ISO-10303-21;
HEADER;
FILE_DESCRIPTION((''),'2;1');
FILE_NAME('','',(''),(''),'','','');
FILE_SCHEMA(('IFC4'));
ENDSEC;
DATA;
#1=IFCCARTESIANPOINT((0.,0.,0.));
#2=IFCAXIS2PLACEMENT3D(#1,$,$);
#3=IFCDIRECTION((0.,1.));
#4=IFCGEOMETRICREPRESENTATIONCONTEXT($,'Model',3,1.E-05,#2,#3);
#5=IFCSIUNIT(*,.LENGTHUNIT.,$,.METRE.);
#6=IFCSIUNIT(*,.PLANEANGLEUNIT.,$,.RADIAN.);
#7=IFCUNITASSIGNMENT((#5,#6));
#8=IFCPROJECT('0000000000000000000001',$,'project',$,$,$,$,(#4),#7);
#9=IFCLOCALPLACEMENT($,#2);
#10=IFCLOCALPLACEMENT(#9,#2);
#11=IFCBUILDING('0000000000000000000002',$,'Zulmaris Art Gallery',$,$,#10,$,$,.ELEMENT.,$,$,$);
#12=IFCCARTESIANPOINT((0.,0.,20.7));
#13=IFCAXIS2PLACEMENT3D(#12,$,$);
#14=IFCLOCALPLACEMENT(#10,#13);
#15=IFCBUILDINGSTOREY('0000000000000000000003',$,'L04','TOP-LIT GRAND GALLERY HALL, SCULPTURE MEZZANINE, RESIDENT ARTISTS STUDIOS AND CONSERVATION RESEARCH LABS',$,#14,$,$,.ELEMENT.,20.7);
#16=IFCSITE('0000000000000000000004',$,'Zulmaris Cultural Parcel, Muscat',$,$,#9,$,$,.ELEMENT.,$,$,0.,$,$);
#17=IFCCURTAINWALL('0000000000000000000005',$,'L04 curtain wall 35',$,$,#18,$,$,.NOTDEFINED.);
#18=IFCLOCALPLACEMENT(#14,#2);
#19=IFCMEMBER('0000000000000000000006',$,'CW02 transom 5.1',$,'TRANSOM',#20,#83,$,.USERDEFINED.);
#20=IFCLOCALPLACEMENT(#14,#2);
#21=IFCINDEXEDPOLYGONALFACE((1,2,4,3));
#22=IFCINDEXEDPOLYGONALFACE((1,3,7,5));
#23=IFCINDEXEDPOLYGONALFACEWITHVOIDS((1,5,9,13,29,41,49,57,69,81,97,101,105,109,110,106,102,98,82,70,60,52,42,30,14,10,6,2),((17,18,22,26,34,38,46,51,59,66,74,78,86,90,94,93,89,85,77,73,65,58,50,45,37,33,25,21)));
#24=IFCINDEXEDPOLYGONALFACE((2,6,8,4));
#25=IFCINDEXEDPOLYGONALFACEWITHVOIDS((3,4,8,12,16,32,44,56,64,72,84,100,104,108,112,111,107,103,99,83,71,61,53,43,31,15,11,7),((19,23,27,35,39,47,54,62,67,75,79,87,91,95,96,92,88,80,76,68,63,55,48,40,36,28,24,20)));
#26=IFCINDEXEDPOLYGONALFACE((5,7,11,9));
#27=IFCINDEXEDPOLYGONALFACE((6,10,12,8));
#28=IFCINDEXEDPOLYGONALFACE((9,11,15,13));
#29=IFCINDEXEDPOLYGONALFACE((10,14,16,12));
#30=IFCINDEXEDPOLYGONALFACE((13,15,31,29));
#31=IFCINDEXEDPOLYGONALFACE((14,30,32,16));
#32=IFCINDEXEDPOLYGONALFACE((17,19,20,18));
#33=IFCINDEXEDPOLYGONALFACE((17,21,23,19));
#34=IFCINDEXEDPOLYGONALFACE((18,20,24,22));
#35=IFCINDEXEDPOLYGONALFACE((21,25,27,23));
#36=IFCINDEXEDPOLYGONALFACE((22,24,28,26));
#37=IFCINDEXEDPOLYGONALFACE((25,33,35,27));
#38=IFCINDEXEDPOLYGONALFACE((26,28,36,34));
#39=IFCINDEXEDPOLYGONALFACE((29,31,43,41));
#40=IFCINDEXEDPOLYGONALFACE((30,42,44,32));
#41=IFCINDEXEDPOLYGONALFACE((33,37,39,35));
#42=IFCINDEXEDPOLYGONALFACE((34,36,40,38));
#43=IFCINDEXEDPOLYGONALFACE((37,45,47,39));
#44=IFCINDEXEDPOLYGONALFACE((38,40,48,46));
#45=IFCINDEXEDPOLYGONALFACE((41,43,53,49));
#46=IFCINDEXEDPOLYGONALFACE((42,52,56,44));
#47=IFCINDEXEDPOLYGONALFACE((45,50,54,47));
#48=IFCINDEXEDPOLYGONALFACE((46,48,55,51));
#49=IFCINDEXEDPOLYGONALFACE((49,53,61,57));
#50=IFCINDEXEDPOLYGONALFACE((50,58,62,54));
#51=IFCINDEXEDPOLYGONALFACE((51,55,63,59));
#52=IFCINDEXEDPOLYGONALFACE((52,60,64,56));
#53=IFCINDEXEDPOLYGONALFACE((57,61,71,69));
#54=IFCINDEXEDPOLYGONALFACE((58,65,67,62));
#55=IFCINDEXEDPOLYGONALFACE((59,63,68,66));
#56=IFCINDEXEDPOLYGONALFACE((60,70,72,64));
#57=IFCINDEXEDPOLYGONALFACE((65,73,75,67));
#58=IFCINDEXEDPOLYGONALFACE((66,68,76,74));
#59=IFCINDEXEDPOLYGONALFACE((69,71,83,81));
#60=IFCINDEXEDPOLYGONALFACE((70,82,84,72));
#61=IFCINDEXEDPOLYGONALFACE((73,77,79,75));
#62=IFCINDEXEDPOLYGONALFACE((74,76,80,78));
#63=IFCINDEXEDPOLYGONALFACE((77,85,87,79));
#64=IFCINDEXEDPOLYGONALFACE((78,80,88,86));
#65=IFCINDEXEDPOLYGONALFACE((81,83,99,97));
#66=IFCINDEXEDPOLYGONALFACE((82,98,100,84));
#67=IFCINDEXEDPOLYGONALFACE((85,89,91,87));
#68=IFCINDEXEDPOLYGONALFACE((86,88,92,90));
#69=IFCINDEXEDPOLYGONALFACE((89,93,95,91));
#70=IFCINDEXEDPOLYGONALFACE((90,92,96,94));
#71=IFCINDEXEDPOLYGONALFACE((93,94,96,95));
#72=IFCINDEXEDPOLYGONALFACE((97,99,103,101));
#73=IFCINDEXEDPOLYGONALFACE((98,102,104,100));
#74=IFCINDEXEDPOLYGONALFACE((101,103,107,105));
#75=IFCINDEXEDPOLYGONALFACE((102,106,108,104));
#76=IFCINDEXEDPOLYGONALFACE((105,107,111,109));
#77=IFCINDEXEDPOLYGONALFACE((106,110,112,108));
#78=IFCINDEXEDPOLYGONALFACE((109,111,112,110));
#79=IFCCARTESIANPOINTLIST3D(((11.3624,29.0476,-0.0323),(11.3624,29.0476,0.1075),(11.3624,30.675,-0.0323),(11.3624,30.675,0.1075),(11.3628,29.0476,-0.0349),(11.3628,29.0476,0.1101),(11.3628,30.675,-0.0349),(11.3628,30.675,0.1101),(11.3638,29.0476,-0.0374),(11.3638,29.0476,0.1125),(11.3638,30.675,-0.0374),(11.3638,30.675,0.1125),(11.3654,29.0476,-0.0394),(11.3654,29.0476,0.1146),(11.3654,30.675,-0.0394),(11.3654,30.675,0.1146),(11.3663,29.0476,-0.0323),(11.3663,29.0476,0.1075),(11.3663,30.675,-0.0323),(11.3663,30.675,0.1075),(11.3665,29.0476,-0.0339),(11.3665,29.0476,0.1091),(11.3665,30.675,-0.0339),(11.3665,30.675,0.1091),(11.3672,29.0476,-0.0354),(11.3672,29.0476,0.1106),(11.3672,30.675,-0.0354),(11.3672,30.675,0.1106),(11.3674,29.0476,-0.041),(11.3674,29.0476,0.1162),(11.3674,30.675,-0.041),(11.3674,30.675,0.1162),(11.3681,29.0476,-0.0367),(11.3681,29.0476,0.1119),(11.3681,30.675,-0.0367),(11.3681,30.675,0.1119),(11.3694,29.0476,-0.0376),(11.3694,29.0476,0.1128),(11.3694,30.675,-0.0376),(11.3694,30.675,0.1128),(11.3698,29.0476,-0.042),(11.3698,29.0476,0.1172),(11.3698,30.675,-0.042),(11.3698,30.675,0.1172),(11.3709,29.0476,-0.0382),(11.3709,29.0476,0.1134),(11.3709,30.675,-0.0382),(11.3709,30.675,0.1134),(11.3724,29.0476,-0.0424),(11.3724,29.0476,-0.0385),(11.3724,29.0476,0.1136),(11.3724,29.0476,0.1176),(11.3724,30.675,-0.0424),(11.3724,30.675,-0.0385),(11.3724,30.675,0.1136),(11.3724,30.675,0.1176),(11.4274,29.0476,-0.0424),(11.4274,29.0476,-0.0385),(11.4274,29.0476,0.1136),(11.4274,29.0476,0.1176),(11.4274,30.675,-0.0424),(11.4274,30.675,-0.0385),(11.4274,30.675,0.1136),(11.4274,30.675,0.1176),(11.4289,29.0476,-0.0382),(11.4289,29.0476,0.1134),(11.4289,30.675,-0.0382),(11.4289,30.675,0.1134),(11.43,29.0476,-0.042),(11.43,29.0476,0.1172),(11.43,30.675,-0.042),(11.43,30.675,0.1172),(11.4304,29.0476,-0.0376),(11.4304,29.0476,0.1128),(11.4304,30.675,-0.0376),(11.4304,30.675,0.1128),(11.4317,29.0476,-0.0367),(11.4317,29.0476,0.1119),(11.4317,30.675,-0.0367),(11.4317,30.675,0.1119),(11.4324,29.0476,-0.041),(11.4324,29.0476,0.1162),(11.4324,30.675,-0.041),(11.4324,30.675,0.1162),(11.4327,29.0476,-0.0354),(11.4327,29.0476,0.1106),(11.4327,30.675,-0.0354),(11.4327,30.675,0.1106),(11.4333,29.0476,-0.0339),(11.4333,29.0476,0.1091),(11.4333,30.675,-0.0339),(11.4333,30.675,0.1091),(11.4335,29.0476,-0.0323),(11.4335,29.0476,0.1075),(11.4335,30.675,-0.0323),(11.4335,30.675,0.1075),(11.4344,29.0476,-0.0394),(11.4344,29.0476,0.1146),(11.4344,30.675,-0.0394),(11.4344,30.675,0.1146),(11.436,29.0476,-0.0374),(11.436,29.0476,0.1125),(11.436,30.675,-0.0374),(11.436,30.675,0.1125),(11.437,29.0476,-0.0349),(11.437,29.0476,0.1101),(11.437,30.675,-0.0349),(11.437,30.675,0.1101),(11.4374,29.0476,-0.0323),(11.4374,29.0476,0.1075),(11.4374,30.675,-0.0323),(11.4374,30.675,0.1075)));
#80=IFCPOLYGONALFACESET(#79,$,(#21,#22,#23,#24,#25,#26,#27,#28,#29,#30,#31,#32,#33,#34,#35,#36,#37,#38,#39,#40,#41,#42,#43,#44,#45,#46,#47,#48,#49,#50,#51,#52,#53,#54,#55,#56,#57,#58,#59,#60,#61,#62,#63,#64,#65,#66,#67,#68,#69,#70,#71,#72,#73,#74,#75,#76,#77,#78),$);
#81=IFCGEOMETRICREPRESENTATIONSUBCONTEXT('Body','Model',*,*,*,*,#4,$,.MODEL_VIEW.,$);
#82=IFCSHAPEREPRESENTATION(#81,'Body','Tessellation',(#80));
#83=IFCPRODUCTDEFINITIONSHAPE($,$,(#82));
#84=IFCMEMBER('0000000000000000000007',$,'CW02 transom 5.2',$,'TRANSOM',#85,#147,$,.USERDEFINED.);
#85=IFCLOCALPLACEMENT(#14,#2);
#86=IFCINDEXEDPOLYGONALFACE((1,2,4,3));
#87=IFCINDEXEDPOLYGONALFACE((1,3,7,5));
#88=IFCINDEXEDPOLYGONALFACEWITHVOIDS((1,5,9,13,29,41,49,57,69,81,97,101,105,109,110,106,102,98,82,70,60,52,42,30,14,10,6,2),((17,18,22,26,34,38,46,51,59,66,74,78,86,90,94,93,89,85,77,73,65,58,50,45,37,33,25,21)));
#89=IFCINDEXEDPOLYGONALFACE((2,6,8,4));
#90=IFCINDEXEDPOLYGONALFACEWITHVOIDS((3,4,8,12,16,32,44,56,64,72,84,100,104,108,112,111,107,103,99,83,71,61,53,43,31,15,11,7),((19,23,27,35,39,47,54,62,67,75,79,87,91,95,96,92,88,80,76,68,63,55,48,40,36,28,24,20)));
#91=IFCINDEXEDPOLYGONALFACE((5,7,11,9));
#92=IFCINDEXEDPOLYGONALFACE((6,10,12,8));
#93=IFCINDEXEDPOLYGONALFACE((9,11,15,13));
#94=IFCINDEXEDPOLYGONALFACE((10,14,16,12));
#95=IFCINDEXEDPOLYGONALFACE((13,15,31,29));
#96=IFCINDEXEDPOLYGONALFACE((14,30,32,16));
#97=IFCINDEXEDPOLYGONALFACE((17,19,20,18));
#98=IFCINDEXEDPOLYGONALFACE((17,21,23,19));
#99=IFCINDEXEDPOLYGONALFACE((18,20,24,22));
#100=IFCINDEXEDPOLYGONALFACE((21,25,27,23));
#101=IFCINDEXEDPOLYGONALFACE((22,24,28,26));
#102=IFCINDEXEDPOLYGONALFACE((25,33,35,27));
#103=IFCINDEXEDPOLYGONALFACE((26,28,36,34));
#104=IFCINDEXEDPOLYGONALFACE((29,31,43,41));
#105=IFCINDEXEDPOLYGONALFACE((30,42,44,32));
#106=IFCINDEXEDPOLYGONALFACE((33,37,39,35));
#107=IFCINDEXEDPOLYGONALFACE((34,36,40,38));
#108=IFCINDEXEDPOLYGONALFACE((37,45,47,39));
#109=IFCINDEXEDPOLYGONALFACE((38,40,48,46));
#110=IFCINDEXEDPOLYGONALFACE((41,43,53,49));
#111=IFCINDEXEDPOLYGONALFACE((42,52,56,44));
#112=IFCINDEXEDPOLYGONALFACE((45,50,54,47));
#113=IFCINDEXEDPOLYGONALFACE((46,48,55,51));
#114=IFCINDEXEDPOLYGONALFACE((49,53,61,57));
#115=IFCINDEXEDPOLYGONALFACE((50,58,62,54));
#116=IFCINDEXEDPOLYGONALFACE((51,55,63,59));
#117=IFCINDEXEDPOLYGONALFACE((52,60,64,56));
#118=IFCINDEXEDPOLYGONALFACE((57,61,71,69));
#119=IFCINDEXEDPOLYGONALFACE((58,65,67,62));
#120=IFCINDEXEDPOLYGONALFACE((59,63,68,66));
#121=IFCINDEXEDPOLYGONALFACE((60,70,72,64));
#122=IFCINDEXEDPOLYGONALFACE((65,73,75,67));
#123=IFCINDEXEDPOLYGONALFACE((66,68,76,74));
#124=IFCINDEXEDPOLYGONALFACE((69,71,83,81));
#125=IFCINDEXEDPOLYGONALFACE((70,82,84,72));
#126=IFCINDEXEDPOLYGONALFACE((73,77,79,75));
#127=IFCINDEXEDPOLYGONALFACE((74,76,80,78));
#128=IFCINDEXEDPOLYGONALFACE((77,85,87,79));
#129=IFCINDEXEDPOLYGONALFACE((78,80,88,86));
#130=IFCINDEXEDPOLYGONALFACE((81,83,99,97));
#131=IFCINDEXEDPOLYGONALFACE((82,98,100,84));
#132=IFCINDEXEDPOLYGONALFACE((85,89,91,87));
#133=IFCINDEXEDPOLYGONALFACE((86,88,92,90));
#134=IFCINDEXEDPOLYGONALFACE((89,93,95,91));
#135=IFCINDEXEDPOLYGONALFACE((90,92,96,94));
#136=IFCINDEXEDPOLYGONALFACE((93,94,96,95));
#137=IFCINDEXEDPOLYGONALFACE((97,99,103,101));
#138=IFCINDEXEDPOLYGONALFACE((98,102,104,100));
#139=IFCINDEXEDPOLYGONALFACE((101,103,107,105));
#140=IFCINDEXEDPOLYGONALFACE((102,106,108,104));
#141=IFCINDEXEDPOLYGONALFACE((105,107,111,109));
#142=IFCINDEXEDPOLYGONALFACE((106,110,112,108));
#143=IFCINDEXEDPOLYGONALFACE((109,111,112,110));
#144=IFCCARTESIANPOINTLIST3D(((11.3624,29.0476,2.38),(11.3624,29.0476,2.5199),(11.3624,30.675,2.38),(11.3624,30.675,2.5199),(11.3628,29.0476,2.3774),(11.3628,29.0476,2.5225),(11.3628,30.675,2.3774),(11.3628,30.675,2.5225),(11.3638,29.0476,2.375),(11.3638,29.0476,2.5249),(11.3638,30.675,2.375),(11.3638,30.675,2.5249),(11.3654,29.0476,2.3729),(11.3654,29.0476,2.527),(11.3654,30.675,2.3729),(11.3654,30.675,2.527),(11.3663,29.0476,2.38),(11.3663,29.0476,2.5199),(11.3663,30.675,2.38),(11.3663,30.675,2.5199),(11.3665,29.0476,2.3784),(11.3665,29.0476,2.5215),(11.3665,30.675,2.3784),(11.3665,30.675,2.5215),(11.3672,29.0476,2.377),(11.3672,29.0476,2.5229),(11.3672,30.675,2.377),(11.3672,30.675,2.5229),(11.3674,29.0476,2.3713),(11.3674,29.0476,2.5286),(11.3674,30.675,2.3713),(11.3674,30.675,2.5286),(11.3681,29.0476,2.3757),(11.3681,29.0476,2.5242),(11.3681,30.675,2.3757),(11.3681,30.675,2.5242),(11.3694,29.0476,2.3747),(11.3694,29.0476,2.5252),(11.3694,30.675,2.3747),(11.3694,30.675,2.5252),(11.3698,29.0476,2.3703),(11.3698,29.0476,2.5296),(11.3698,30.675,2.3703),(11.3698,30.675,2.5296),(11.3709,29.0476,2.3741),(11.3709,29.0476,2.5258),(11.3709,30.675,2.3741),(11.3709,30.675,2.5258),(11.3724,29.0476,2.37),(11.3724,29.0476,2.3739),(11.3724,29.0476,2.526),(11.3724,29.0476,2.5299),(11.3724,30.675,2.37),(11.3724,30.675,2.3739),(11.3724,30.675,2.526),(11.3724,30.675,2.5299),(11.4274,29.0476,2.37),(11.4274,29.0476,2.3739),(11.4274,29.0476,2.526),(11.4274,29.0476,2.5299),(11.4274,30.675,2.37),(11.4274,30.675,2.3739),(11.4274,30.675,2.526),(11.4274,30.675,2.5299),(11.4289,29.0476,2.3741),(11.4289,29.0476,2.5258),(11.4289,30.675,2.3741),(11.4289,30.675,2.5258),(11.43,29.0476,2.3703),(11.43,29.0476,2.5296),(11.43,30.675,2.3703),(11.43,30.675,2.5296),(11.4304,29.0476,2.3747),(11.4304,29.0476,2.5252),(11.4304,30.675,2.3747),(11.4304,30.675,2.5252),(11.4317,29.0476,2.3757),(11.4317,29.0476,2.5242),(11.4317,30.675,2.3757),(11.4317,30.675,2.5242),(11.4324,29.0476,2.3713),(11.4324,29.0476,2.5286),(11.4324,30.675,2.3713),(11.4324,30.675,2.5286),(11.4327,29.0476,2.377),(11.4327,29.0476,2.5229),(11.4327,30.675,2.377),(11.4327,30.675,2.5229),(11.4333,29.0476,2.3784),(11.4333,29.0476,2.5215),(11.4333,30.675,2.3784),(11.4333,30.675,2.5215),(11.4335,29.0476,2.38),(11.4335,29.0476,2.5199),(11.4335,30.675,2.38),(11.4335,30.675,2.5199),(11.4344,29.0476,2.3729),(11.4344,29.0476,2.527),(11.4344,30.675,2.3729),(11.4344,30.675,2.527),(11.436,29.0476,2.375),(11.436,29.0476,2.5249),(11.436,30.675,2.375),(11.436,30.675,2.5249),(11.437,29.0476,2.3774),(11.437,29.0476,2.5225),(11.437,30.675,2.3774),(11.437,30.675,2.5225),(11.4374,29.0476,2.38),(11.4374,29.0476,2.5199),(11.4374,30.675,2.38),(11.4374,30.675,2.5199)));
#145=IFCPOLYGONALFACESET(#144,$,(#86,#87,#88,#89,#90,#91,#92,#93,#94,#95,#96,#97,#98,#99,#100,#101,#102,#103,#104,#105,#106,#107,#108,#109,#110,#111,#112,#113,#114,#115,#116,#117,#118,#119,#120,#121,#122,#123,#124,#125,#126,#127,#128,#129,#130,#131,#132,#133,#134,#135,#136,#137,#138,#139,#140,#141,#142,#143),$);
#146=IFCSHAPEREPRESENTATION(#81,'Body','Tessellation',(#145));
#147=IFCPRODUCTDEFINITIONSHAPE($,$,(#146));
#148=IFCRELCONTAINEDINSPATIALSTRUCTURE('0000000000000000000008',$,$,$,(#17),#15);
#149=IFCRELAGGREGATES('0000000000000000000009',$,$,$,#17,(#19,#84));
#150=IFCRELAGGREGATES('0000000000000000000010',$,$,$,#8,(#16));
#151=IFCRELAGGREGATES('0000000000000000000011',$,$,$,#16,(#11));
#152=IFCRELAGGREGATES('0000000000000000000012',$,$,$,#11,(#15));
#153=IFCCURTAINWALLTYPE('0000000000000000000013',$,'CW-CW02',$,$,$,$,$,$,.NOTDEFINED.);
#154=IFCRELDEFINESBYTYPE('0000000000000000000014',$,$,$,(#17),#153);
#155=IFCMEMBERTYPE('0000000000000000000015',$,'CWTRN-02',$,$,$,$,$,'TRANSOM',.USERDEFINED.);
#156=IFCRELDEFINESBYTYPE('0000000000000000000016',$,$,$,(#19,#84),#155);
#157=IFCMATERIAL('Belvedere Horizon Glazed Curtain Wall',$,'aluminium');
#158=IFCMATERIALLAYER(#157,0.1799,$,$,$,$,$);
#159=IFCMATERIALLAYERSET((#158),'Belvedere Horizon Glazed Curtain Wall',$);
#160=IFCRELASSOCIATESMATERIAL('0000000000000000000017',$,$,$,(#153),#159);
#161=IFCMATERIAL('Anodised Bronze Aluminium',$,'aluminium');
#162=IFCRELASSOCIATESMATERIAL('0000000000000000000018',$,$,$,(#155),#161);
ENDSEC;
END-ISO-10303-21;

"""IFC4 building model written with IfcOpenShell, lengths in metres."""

from ifc_helpers import new_model, si_unit, direction, frame, origin, origin_2d, place, context, subcontext, project, spatial, hollow_rectangle, extrude, material, layer, layer_set, material_profile, profile_set, type_object, element, aggregate, save


model = new_model("IFC4")

# Units and contexts
model_context = context("Model", 3, precision=1e-05, world=origin(), true_north=direction((0.0, 1.0)))
body_context = subcontext(model_context, "Body", "Model", "MODEL_VIEW")
ifc_project = project(units=[si_unit("LENGTHUNIT", "METRE"), si_unit("PLANEANGLEUNIT", "RADIAN")], contexts=[model_context])

# Site, building, storey
site_placement = place(None, origin())
site = spatial("IfcSite", under=ifc_project, at=site_placement, Name="Zulmaris Cultural Parcel, Muscat", CompositionType="ELEMENT", RefElevation=0.0)
building_placement = place(site_placement, origin())
building = spatial("IfcBuilding", under=site, at=building_placement, Name="Zulmaris Art Gallery", CompositionType="ELEMENT")
storey_placement = place(building_placement, frame((0.0, 0.0, 20.7)))
storey = spatial("IfcBuildingStorey", under=building, at=storey_placement, Name="L04", Description="TOP-LIT GRAND GALLERY HALL, SCULPTURE MEZZANINE, RESIDENT ARTISTS STUDIOS AND CONSERVATION RESEARCH LABS", CompositionType="ELEMENT", Elevation=20.7)

# Curtain wall
ifc_material_1 = material(Name="Belvedere Horizon Glazed Curtain Wall", Category="aluminium")
ifc_layer_1 = layer(ifc_material_1, 0.1799)
ifc_layer_set_1 = layer_set([ifc_layer_1], Name="Belvedere Horizon Glazed Curtain Wall")
curtain_wall_type = type_object("IfcCurtainWallType", Name="CW-CW02", PredefinedType="NOTDEFINED", material=ifc_layer_set_1)
curtain_wall_1_placement = place(storey_placement, origin())
curtain_wall_1 = element("IfcCurtainWall", 1, at=curtain_wall_1_placement, inside=storey, type_object=curtain_wall_type, Name="L04 curtain wall 35", PredefinedType="NOTDEFINED")
ifc_material_2 = material(Name="Anodised Bronze Aluminium", Category="aluminium")

# Members
ifc_material_profile_1 = material_profile(ifc_material_2, hollow_rectangle(XDim=0.075, YDim=0.1599, WallThickness=0.0039, InnerFilletRadius=0.0061, OuterFilletRadius=0.01, at=origin_2d()), Name="ALU 75x160x4")
ifc_profile_set_1 = profile_set([ifc_material_profile_1], Name="Anodised Bronze Aluminium")
member_type_1 = type_object("IfcMemberType", Name="CWTRN-02", ElementType="TRANSOM", PredefinedType="USERDEFINED", material=ifc_profile_set_1)
member_1_placement = place(storey_placement, frame((11.3999, 29.0476, 0.0376), z_axis=(0.0, 1.0, 0.0), x_axis=(-1.0, 0.0, 0.0)))
member_1 = element("IfcMember", 2, at=member_1_placement, type_object=member_type_1, Name="CW02 transom 5.1", ObjectType="TRANSOM", PredefinedType="USERDEFINED", context=body_context, shape_type="SweptSolid", body=[
    extrude(hollow_rectangle(XDim=0.075, YDim=0.1599, WallThickness=0.0039, InnerFilletRadius=0.0061, OuterFilletRadius=0.01, at=origin_2d()), origin(), (0.0, 0.0, 1.0), 1.6274),
])
member_2_placement = place(storey_placement, frame((11.3999, 29.0476, 2.45), z_axis=(0.0, 1.0, 0.0), x_axis=(-1.0, 0.0, 0.0)))
member_2 = element("IfcMember", 3, at=member_2_placement, type_object=member_type_1, Name="CW02 transom 5.2", ObjectType="TRANSOM", PredefinedType="USERDEFINED", context=body_context, shape_type="SweptSolid", body=[
    extrude(hollow_rectangle(XDim=0.075, YDim=0.1599, WallThickness=0.0039, InnerFilletRadius=0.0061, OuterFilletRadius=0.01, at=origin_2d()), origin(), (0.0, 0.0, 1.0), 1.6274),
])

aggregate(curtain_wall_1, [member_1, member_2])

save(model, "model.ifc")
